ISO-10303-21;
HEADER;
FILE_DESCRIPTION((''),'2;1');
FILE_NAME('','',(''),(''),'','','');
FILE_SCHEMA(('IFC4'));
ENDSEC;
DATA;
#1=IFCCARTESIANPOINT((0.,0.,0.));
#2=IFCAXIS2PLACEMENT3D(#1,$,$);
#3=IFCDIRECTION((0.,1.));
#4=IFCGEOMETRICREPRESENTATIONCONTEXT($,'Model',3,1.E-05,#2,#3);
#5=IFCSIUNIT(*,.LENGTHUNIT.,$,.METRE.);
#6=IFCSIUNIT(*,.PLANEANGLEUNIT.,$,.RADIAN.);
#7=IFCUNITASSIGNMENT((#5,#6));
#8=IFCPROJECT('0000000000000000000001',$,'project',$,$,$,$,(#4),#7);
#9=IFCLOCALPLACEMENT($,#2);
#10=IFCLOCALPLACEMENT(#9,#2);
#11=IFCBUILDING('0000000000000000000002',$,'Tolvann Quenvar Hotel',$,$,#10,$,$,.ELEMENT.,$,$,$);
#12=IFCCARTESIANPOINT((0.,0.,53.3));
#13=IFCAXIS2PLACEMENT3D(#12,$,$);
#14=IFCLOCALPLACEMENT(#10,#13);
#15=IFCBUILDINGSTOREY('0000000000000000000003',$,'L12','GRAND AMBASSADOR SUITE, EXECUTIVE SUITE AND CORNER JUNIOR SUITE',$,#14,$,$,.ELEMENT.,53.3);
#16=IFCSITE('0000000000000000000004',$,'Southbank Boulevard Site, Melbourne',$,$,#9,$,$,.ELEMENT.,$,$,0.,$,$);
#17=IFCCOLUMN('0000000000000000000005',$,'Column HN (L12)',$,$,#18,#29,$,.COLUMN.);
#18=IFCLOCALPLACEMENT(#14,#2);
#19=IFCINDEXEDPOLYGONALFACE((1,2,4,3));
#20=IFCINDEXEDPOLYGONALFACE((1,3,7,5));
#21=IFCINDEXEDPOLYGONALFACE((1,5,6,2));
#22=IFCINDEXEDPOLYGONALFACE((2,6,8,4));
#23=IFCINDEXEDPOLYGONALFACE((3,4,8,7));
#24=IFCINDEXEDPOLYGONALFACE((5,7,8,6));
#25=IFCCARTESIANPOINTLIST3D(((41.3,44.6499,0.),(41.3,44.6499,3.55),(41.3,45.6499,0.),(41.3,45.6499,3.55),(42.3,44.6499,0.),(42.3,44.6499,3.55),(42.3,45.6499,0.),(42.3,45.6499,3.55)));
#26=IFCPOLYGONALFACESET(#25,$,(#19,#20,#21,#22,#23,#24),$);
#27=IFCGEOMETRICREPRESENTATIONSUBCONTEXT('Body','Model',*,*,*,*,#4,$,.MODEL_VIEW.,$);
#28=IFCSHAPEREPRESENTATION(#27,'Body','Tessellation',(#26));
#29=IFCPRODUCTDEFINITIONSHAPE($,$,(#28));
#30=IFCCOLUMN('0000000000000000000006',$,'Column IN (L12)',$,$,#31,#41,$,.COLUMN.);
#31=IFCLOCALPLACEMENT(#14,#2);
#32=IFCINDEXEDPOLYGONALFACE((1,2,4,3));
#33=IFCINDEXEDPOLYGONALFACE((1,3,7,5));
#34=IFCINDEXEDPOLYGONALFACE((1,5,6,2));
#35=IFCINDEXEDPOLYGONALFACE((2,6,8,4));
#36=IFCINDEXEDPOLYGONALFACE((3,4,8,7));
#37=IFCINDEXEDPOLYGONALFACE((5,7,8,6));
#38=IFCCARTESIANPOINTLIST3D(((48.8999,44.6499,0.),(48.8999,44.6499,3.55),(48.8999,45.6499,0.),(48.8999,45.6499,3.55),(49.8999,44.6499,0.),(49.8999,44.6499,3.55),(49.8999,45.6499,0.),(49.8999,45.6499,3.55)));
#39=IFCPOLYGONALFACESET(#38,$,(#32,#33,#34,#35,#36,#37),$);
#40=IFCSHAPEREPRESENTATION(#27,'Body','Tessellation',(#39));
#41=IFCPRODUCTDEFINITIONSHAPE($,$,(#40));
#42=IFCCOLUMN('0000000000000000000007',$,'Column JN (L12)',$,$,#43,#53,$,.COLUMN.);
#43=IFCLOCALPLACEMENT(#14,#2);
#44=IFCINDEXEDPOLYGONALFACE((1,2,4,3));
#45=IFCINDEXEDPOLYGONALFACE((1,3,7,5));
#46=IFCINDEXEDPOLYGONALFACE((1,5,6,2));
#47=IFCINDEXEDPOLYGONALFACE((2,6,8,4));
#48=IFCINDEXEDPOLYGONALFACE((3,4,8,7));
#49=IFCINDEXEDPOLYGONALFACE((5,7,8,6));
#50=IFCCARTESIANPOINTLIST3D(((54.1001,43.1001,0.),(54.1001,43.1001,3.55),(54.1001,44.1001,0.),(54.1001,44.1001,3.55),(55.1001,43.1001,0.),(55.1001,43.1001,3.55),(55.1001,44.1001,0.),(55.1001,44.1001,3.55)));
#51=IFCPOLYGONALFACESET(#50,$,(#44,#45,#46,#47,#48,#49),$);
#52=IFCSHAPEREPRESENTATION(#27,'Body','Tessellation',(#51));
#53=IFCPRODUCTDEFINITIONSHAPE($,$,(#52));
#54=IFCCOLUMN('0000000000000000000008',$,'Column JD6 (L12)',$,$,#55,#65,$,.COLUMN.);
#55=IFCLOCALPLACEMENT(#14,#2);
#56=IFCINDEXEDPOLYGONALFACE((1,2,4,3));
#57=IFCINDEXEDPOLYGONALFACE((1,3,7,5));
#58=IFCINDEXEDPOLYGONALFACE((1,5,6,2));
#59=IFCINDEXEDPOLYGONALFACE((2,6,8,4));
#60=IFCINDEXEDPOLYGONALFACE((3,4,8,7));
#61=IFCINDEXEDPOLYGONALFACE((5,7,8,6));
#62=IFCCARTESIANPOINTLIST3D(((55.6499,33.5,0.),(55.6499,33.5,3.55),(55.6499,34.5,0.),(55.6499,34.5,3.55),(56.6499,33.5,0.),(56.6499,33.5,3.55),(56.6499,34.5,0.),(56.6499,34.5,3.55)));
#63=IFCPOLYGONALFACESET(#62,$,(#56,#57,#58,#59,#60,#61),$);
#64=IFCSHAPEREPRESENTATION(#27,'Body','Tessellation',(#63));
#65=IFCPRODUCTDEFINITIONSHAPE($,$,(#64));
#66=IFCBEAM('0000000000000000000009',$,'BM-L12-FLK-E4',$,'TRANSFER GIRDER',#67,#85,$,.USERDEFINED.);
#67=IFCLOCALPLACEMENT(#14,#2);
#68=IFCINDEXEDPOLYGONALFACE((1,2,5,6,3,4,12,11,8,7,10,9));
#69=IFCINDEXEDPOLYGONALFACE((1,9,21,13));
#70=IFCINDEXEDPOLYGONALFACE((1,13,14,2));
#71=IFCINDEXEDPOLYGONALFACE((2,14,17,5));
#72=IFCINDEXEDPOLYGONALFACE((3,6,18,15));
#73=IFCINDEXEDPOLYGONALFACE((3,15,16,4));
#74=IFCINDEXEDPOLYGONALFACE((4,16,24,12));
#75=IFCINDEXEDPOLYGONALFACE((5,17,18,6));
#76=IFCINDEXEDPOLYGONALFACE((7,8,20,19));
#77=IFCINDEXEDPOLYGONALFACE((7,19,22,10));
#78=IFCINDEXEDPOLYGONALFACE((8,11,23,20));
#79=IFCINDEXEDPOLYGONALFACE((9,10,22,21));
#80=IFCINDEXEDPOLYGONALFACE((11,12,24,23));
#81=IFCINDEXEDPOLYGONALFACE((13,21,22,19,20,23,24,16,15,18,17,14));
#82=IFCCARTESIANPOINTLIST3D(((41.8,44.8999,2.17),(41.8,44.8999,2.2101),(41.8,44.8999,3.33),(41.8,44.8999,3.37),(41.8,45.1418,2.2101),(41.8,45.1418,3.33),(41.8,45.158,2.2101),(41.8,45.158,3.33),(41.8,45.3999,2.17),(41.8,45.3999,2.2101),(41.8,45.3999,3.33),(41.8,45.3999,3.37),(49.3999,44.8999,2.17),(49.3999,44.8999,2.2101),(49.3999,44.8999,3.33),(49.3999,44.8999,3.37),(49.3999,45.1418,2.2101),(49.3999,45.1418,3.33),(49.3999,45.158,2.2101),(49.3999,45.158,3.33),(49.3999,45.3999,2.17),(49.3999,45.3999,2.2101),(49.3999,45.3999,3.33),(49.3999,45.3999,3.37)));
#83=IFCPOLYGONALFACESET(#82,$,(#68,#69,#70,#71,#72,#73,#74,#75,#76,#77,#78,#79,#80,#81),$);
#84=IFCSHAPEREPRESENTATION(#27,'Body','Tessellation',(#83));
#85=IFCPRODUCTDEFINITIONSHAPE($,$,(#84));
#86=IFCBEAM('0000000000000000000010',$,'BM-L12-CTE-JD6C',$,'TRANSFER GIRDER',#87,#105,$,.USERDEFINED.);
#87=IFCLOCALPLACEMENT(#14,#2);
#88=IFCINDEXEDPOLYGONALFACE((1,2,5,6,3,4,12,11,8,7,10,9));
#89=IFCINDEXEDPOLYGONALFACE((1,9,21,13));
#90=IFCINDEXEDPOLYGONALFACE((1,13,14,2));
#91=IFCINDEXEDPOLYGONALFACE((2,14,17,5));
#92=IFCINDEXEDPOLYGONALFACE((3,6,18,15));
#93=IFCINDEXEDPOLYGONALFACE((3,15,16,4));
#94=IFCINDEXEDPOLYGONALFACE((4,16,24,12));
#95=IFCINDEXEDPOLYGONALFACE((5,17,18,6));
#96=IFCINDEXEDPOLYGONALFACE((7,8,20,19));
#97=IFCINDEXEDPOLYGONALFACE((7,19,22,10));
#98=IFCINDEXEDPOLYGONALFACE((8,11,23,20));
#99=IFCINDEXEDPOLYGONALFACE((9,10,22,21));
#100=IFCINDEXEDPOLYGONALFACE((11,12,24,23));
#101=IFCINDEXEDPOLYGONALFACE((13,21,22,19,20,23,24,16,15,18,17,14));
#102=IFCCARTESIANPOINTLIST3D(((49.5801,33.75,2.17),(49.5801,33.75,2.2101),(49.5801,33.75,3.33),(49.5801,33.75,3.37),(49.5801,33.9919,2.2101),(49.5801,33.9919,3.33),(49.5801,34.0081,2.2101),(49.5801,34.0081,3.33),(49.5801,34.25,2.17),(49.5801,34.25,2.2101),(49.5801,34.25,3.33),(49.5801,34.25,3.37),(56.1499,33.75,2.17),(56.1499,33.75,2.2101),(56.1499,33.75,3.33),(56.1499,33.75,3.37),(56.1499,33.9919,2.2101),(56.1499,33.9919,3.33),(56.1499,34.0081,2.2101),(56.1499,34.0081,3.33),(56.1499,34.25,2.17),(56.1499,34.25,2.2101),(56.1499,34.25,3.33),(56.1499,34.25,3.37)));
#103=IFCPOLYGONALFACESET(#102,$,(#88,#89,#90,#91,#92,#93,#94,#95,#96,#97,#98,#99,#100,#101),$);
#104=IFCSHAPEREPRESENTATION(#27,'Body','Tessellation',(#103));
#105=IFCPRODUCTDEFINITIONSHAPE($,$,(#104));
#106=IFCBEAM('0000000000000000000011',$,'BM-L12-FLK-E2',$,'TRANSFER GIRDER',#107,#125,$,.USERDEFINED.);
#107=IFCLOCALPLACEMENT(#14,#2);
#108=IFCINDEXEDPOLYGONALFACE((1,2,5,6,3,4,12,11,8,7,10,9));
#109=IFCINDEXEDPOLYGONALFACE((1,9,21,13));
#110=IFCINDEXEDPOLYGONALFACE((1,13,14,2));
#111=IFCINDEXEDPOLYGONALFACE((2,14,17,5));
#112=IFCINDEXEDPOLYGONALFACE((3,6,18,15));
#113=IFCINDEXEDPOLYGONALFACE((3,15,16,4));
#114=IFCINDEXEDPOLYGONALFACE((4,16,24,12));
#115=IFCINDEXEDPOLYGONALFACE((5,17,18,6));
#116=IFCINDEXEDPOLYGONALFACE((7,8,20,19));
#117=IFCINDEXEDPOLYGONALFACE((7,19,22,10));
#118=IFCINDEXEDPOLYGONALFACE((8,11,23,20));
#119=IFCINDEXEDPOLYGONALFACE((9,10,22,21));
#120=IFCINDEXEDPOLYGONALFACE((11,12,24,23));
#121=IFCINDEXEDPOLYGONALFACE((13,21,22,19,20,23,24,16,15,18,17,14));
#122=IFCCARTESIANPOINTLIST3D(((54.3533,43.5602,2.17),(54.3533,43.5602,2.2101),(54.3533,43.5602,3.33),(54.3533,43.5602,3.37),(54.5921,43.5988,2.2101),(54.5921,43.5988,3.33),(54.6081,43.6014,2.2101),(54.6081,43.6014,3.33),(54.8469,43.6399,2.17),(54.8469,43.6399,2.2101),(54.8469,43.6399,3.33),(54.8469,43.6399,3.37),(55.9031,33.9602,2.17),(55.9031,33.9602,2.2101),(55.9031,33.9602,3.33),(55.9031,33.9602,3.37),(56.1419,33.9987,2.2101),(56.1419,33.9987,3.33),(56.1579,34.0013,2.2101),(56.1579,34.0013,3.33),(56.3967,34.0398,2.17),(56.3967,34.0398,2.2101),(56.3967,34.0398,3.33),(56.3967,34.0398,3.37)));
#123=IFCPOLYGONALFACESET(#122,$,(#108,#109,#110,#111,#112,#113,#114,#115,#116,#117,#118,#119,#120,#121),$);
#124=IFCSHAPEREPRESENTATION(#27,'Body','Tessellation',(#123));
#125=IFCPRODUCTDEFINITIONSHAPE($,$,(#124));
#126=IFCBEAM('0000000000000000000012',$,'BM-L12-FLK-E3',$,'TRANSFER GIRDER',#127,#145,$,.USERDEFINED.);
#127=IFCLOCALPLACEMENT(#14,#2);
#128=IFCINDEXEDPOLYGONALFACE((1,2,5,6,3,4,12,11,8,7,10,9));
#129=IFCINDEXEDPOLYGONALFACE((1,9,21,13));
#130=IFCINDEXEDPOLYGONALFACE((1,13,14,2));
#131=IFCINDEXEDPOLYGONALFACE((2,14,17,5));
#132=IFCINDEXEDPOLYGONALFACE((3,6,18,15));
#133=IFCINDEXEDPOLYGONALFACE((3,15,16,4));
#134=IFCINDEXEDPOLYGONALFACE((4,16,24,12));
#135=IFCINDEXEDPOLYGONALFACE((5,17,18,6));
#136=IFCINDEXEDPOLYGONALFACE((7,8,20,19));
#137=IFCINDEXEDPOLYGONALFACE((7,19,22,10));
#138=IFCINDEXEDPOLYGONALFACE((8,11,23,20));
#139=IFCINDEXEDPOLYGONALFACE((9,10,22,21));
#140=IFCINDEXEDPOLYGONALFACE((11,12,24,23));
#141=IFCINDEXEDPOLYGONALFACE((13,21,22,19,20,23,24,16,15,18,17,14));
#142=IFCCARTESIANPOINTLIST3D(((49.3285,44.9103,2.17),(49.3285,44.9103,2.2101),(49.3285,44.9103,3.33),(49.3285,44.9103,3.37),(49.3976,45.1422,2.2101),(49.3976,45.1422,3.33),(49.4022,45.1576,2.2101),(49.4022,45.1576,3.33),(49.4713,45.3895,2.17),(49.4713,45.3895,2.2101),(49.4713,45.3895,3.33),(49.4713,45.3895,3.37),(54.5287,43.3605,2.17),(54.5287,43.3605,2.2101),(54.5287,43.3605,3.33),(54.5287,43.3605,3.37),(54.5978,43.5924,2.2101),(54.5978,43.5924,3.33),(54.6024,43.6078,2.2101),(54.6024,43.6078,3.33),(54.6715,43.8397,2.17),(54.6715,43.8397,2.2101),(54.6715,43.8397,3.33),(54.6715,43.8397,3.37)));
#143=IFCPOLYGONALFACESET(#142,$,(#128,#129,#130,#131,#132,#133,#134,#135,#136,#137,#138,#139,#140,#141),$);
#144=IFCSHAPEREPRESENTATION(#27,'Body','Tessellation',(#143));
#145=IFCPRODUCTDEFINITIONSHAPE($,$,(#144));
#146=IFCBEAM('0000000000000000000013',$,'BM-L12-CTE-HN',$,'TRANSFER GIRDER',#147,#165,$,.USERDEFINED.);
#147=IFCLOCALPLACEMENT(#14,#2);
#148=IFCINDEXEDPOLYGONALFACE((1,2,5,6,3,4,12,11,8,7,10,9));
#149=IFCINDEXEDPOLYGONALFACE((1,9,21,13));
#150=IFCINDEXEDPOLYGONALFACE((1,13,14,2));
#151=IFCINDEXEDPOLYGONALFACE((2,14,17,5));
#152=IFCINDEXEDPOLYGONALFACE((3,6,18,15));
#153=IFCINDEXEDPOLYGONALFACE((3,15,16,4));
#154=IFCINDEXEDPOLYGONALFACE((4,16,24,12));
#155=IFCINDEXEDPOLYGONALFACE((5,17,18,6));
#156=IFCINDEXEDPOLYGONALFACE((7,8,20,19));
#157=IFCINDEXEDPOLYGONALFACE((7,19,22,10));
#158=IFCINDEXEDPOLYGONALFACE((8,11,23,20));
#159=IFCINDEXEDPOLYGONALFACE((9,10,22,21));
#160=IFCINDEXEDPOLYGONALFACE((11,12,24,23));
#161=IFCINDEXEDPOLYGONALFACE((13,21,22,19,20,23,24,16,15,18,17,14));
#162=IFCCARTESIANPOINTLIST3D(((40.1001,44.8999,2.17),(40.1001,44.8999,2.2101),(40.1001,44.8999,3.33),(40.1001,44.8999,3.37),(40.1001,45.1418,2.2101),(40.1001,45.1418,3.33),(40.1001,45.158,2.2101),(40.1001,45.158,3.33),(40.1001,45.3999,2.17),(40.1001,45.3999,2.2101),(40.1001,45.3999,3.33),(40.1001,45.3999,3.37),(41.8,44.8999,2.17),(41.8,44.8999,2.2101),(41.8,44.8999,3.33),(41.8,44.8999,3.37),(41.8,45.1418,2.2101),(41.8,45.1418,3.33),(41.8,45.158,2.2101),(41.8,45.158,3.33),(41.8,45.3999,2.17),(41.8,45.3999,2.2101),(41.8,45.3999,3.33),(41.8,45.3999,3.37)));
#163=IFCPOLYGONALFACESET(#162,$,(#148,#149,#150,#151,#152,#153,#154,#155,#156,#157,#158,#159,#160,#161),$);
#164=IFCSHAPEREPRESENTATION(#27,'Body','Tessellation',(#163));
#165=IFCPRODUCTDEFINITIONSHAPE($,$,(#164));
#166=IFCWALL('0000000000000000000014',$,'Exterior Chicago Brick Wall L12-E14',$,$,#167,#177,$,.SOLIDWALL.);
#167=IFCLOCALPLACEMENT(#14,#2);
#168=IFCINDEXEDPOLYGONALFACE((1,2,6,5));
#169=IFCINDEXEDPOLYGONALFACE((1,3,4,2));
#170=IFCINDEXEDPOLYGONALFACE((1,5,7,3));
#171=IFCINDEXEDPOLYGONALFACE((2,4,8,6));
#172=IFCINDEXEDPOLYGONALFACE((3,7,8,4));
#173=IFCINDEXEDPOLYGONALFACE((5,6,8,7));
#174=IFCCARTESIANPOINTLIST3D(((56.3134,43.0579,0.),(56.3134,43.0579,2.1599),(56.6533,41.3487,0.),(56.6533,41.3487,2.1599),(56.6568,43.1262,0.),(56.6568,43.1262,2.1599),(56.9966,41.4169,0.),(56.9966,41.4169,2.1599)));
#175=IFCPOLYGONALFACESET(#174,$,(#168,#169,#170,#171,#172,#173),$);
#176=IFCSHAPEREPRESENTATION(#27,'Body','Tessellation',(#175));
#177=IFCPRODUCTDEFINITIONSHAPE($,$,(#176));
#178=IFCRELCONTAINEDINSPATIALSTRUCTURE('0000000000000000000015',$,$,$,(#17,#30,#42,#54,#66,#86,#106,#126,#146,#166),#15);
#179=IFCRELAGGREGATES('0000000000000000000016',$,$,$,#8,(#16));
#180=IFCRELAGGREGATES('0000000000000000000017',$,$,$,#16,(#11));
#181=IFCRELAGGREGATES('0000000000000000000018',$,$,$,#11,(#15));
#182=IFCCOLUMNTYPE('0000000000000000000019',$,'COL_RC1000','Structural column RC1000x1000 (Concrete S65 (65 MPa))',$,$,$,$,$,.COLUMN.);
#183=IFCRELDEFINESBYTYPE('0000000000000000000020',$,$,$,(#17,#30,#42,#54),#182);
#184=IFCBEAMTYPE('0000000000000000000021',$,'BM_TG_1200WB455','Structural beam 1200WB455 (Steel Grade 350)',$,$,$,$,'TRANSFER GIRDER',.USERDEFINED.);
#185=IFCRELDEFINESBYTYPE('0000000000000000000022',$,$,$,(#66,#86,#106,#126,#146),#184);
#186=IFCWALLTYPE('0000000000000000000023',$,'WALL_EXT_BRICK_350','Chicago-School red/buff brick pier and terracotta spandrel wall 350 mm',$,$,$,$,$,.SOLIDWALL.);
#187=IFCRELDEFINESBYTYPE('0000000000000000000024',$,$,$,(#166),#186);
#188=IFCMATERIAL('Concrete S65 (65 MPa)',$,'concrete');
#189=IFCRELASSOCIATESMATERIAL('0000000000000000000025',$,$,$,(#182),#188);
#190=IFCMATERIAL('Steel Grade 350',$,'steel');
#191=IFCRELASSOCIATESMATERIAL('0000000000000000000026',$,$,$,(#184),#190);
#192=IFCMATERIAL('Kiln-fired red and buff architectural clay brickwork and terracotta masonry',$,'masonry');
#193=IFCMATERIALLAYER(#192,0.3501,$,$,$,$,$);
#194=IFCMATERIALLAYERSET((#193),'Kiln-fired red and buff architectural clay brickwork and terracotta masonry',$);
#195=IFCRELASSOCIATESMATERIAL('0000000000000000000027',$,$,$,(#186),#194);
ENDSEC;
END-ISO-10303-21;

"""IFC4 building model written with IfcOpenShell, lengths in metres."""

from ifc_helpers import new_model, si_unit, direction, frame, frame_2d, origin, origin_2d, place, context, subcontext, project, spatial, rectangle, i_section, extrude, source, transform, mapped, material, layer, layer_set, material_profile, profile_set, type_object, type_shapes, element, save


model = new_model("IFC4")

# Units and contexts
model_context = context("Model", 3, precision=1e-05, world=origin(), true_north=direction((0.0, 1.0)))
body_context = subcontext(model_context, "Body", "Model", "MODEL_VIEW")
ifc_project = project(units=[si_unit("LENGTHUNIT", "METRE"), si_unit("PLANEANGLEUNIT", "RADIAN")], contexts=[model_context])

# Site, building, storey
site_placement = place(None, origin())
site = spatial("IfcSite", under=ifc_project, at=site_placement, Name="Southbank Boulevard Site, Melbourne", CompositionType="ELEMENT", RefElevation=0.0)
building_placement = place(site_placement, origin())
building = spatial("IfcBuilding", under=site, at=building_placement, Name="Tolvann Quenvar Hotel", CompositionType="ELEMENT")
storey_placement = place(building_placement, frame((0.0, 0.0, 53.3)))
storey = spatial("IfcBuildingStorey", under=building, at=storey_placement, Name="L12", Description="GRAND AMBASSADOR SUITE, EXECUTIVE SUITE AND CORNER JUNIOR SUITE", CompositionType="ELEMENT", Elevation=53.3)

# Columns
ifc_material_1 = material(Name="Concrete S65 (65 MPa)", Category="concrete")
ifc_material_profile_1 = material_profile(ifc_material_1, rectangle(XDim=1.0, YDim=1.0, at=origin_2d()), Name="RC1000x1000")
ifc_profile_set_1 = profile_set([ifc_material_profile_1], Name="Concrete S65 (65 MPa)")
column_type = type_object("IfcColumnType", Name="COL_RC1000", Description="Structural column RC1000x1000 (Concrete S65 (65 MPa))", PredefinedType="COLUMN", material=ifc_profile_set_1)
shared_shape_1 = source(origin(), body_context, "Body", "SweptSolid", [
    extrude(rectangle(XDim=1.0, YDim=1.0, at=origin_2d()), origin(), (0.0, 0.0, 1.0), 3.55),
])
type_shapes(column_type, [shared_shape_1])
for number, where, z_axis, x_axis, name in (
    (1, (41.8, 45.1499, 0.0), (0.0, 0.0, 1.0), (1.0, 0.0, 0.0), "Column HN (L12)"),
    (2, (49.3999, 45.1499, 0.0), (0.0, 0.0, 1.0), (1.0, 0.0, 0.0), "Column IN (L12)"),
    (3, (54.6001, 43.6001, 0.0), (0.0, 0.0, 1.0), (1.0, 0.0, 0.0), "Column JN (L12)"),
    (4, (56.1499, 34.0, 0.0), (0.0, 0.0, 1.0), (1.0, 0.0, 0.0), "Column JD6 (L12)"),
):
    element("IfcColumn", number, at=place(storey_placement, frame(where, z_axis=z_axis, x_axis=x_axis)), inside=storey, type_object=column_type, Name=name, PredefinedType="COLUMN", context=body_context, shape_type="MappedRepresentation", body=[
        mapped(shared_shape_1, transform((0.0, 0.0, 0.0), x_axis=(1.0, 0.0, 0.0), y_axis=(0.0, 1.0, 0.0), z_axis=(0.0, 0.0, 1.0), scale=1.0)),
    ])

# Beams
ifc_material_2 = material(Name="Steel Grade 350", Category="steel")
ifc_material_profile_2 = material_profile(ifc_material_2, i_section(OverallWidth=0.5, OverallDepth=1.2, WebThickness=0.0161, FlangeThickness=0.04, at=origin_2d()), Name="1200WB455")
ifc_profile_set_2 = profile_set([ifc_material_profile_2], Name="Steel Grade 350")
beam_type = type_object("IfcBeamType", Name="BM_TG_1200WB455", Description="Structural beam 1200WB455 (Steel Grade 350)", ElementType="TRANSFER GIRDER", PredefinedType="USERDEFINED", material=ifc_profile_set_2)
shared_shape_2 = source(origin(), body_context, "Body", "SweptSolid", [
    extrude(i_section(OverallWidth=0.5, OverallDepth=1.2, WebThickness=0.0161, FlangeThickness=0.04, at=origin_2d()), origin(), (0.0, 0.0, 1.0), 7.5999),
])
beam_1_placement = place(storey_placement, frame((49.3999, 45.1499, 2.77), z_axis=(-1.0, 0.0, 0.0), x_axis=(0.0, -1.0, 0.0)))
element("IfcBeam", 5, at=beam_1_placement, inside=storey, type_object=beam_type, Name="BM-L12-FLK-E4", ObjectType="TRANSFER GIRDER", PredefinedType="USERDEFINED", context=body_context, shape_type="MappedRepresentation", body=[
    mapped(shared_shape_2, transform((0.0, 0.0, 0.0), x_axis=(1.0, 0.0, 0.0), y_axis=(0.0, 1.0, 0.0), z_axis=(0.0, 0.0, 1.0), scale=1.0)),
])
shared_shape_3 = source(origin(), body_context, "Body", "SweptSolid", [
    extrude(i_section(OverallWidth=0.5, OverallDepth=1.2, WebThickness=0.0161, FlangeThickness=0.04, at=origin_2d()), origin(), (0.0, 0.0, 1.0), 6.5698),
])
beam_2_placement = place(storey_placement, frame((49.5801, 34.0, 2.77), z_axis=(1.0, 0.0, 0.0), x_axis=(0.0, 1.0, 0.0)))
element("IfcBeam", 6, at=beam_2_placement, inside=storey, type_object=beam_type, Name="BM-L12-CTE-JD6C", ObjectType="TRANSFER GIRDER", PredefinedType="USERDEFINED", context=body_context, shape_type="MappedRepresentation", body=[
    mapped(shared_shape_3, transform((0.0, 0.0, 0.0), x_axis=(1.0, 0.0, 0.0), y_axis=(0.0, 1.0, 0.0), z_axis=(0.0, 0.0, 1.0), scale=1.0)),
])
shared_shape_4 = source(origin(), body_context, "Body", "SweptSolid", [
    extrude(i_section(OverallWidth=0.5, OverallDepth=1.2, WebThickness=0.0161, FlangeThickness=0.04, at=origin_2d()), origin(), (0.0, 0.0, 1.0), 9.7244),
])
beam_3_placement = place(storey_placement, frame((56.1499, 34.0, 2.77), z_axis=(-0.159373, 0.987218, 0.0), x_axis=(-0.987218, -0.159373, 0.0)))
element("IfcBeam", 7, at=beam_3_placement, inside=storey, type_object=beam_type, Name="BM-L12-FLK-E2", ObjectType="TRANSFER GIRDER", PredefinedType="USERDEFINED", context=body_context, shape_type="MappedRepresentation", body=[
    mapped(shared_shape_4, transform((0.0, 0.0, 0.0), x_axis=(1.0, 0.0, 0.0), y_axis=(0.0, 1.0, 0.0), z_axis=(0.0, 0.0, 1.0), scale=1.0)),
])
shared_shape_5 = source(origin(), body_context, "Body", "SweptSolid", [
    extrude(i_section(OverallWidth=0.5, OverallDepth=1.2, WebThickness=0.0161, FlangeThickness=0.04, at=origin_2d()), origin(), (0.0, 0.0, 1.0), 5.4263),
])
beam_4_placement = place(storey_placement, frame((54.6001, 43.6001, 2.77), z_axis=(-0.958345, 0.285614, 0.0), x_axis=(-0.285614, -0.958345, 0.0)))
element("IfcBeam", 8, at=beam_4_placement, inside=storey, type_object=beam_type, Name="BM-L12-FLK-E3", ObjectType="TRANSFER GIRDER", PredefinedType="USERDEFINED", context=body_context, shape_type="MappedRepresentation", body=[
    mapped(shared_shape_5, transform((0.0, 0.0, 0.0), x_axis=(1.0, 0.0, 0.0), y_axis=(0.0, 1.0, 0.0), z_axis=(0.0, 0.0, 1.0), scale=1.0)),
])
shared_shape_6 = source(origin(), body_context, "Body", "SweptSolid", [
    extrude(i_section(OverallWidth=0.5, OverallDepth=1.2, WebThickness=0.0161, FlangeThickness=0.04, at=origin_2d()), origin(), (0.0, 0.0, 1.0), 1.7),
])
type_shapes(beam_type, [shared_shape_2, shared_shape_3, shared_shape_4, shared_shape_5, shared_shape_6])
beam_5_placement = place(storey_placement, frame((40.1001, 45.1499, 2.77), z_axis=(1.0, 0.0, 0.0), x_axis=(0.0, 1.0, 0.0)))
element("IfcBeam", 9, at=beam_5_placement, inside=storey, type_object=beam_type, Name="BM-L12-CTE-HN", ObjectType="TRANSFER GIRDER", PredefinedType="USERDEFINED", context=body_context, shape_type="MappedRepresentation", body=[
    mapped(shared_shape_6, transform((0.0, 0.0, 0.0), x_axis=(1.0, 0.0, 0.0), y_axis=(0.0, 1.0, 0.0), z_axis=(0.0, 0.0, 1.0), scale=1.0)),
])

# Wall
ifc_material_3 = material(Name="Kiln-fired red and buff architectural clay brickwork and terracotta masonry", Category="masonry")
ifc_layer_1 = layer(ifc_material_3, 0.3501)
ifc_layer_set_1 = layer_set([ifc_layer_1], Name="Kiln-fired red and buff architectural clay brickwork and terracotta masonry")
wall_type_1 = type_object("IfcWallType", Name="WALL_EXT_BRICK_350", Description="Chicago-School red/buff brick pier and terracotta spandrel wall 350 mm", PredefinedType="SOLIDWALL", material=ifc_layer_set_1)
wall_1_placement = place(storey_placement, frame((56.825, 41.3828, 0.0), z_axis=(0.0, 0.0, 1.0), x_axis=(-0.195011, 0.980801, 0.0)))
element("IfcWall", 10, at=wall_1_placement, inside=storey, type_object=wall_type_1, Name="Exterior Chicago Brick Wall L12-E14", PredefinedType="SOLIDWALL", context=body_context, shape_type="SweptSolid", body=[
    extrude(rectangle(XDim=1.7427, YDim=0.3501, at=frame_2d((0.8713, 0.0))), origin(), (0.0, 0.0, 1.0), 2.1599),
])

save(model, "model.ifc")
